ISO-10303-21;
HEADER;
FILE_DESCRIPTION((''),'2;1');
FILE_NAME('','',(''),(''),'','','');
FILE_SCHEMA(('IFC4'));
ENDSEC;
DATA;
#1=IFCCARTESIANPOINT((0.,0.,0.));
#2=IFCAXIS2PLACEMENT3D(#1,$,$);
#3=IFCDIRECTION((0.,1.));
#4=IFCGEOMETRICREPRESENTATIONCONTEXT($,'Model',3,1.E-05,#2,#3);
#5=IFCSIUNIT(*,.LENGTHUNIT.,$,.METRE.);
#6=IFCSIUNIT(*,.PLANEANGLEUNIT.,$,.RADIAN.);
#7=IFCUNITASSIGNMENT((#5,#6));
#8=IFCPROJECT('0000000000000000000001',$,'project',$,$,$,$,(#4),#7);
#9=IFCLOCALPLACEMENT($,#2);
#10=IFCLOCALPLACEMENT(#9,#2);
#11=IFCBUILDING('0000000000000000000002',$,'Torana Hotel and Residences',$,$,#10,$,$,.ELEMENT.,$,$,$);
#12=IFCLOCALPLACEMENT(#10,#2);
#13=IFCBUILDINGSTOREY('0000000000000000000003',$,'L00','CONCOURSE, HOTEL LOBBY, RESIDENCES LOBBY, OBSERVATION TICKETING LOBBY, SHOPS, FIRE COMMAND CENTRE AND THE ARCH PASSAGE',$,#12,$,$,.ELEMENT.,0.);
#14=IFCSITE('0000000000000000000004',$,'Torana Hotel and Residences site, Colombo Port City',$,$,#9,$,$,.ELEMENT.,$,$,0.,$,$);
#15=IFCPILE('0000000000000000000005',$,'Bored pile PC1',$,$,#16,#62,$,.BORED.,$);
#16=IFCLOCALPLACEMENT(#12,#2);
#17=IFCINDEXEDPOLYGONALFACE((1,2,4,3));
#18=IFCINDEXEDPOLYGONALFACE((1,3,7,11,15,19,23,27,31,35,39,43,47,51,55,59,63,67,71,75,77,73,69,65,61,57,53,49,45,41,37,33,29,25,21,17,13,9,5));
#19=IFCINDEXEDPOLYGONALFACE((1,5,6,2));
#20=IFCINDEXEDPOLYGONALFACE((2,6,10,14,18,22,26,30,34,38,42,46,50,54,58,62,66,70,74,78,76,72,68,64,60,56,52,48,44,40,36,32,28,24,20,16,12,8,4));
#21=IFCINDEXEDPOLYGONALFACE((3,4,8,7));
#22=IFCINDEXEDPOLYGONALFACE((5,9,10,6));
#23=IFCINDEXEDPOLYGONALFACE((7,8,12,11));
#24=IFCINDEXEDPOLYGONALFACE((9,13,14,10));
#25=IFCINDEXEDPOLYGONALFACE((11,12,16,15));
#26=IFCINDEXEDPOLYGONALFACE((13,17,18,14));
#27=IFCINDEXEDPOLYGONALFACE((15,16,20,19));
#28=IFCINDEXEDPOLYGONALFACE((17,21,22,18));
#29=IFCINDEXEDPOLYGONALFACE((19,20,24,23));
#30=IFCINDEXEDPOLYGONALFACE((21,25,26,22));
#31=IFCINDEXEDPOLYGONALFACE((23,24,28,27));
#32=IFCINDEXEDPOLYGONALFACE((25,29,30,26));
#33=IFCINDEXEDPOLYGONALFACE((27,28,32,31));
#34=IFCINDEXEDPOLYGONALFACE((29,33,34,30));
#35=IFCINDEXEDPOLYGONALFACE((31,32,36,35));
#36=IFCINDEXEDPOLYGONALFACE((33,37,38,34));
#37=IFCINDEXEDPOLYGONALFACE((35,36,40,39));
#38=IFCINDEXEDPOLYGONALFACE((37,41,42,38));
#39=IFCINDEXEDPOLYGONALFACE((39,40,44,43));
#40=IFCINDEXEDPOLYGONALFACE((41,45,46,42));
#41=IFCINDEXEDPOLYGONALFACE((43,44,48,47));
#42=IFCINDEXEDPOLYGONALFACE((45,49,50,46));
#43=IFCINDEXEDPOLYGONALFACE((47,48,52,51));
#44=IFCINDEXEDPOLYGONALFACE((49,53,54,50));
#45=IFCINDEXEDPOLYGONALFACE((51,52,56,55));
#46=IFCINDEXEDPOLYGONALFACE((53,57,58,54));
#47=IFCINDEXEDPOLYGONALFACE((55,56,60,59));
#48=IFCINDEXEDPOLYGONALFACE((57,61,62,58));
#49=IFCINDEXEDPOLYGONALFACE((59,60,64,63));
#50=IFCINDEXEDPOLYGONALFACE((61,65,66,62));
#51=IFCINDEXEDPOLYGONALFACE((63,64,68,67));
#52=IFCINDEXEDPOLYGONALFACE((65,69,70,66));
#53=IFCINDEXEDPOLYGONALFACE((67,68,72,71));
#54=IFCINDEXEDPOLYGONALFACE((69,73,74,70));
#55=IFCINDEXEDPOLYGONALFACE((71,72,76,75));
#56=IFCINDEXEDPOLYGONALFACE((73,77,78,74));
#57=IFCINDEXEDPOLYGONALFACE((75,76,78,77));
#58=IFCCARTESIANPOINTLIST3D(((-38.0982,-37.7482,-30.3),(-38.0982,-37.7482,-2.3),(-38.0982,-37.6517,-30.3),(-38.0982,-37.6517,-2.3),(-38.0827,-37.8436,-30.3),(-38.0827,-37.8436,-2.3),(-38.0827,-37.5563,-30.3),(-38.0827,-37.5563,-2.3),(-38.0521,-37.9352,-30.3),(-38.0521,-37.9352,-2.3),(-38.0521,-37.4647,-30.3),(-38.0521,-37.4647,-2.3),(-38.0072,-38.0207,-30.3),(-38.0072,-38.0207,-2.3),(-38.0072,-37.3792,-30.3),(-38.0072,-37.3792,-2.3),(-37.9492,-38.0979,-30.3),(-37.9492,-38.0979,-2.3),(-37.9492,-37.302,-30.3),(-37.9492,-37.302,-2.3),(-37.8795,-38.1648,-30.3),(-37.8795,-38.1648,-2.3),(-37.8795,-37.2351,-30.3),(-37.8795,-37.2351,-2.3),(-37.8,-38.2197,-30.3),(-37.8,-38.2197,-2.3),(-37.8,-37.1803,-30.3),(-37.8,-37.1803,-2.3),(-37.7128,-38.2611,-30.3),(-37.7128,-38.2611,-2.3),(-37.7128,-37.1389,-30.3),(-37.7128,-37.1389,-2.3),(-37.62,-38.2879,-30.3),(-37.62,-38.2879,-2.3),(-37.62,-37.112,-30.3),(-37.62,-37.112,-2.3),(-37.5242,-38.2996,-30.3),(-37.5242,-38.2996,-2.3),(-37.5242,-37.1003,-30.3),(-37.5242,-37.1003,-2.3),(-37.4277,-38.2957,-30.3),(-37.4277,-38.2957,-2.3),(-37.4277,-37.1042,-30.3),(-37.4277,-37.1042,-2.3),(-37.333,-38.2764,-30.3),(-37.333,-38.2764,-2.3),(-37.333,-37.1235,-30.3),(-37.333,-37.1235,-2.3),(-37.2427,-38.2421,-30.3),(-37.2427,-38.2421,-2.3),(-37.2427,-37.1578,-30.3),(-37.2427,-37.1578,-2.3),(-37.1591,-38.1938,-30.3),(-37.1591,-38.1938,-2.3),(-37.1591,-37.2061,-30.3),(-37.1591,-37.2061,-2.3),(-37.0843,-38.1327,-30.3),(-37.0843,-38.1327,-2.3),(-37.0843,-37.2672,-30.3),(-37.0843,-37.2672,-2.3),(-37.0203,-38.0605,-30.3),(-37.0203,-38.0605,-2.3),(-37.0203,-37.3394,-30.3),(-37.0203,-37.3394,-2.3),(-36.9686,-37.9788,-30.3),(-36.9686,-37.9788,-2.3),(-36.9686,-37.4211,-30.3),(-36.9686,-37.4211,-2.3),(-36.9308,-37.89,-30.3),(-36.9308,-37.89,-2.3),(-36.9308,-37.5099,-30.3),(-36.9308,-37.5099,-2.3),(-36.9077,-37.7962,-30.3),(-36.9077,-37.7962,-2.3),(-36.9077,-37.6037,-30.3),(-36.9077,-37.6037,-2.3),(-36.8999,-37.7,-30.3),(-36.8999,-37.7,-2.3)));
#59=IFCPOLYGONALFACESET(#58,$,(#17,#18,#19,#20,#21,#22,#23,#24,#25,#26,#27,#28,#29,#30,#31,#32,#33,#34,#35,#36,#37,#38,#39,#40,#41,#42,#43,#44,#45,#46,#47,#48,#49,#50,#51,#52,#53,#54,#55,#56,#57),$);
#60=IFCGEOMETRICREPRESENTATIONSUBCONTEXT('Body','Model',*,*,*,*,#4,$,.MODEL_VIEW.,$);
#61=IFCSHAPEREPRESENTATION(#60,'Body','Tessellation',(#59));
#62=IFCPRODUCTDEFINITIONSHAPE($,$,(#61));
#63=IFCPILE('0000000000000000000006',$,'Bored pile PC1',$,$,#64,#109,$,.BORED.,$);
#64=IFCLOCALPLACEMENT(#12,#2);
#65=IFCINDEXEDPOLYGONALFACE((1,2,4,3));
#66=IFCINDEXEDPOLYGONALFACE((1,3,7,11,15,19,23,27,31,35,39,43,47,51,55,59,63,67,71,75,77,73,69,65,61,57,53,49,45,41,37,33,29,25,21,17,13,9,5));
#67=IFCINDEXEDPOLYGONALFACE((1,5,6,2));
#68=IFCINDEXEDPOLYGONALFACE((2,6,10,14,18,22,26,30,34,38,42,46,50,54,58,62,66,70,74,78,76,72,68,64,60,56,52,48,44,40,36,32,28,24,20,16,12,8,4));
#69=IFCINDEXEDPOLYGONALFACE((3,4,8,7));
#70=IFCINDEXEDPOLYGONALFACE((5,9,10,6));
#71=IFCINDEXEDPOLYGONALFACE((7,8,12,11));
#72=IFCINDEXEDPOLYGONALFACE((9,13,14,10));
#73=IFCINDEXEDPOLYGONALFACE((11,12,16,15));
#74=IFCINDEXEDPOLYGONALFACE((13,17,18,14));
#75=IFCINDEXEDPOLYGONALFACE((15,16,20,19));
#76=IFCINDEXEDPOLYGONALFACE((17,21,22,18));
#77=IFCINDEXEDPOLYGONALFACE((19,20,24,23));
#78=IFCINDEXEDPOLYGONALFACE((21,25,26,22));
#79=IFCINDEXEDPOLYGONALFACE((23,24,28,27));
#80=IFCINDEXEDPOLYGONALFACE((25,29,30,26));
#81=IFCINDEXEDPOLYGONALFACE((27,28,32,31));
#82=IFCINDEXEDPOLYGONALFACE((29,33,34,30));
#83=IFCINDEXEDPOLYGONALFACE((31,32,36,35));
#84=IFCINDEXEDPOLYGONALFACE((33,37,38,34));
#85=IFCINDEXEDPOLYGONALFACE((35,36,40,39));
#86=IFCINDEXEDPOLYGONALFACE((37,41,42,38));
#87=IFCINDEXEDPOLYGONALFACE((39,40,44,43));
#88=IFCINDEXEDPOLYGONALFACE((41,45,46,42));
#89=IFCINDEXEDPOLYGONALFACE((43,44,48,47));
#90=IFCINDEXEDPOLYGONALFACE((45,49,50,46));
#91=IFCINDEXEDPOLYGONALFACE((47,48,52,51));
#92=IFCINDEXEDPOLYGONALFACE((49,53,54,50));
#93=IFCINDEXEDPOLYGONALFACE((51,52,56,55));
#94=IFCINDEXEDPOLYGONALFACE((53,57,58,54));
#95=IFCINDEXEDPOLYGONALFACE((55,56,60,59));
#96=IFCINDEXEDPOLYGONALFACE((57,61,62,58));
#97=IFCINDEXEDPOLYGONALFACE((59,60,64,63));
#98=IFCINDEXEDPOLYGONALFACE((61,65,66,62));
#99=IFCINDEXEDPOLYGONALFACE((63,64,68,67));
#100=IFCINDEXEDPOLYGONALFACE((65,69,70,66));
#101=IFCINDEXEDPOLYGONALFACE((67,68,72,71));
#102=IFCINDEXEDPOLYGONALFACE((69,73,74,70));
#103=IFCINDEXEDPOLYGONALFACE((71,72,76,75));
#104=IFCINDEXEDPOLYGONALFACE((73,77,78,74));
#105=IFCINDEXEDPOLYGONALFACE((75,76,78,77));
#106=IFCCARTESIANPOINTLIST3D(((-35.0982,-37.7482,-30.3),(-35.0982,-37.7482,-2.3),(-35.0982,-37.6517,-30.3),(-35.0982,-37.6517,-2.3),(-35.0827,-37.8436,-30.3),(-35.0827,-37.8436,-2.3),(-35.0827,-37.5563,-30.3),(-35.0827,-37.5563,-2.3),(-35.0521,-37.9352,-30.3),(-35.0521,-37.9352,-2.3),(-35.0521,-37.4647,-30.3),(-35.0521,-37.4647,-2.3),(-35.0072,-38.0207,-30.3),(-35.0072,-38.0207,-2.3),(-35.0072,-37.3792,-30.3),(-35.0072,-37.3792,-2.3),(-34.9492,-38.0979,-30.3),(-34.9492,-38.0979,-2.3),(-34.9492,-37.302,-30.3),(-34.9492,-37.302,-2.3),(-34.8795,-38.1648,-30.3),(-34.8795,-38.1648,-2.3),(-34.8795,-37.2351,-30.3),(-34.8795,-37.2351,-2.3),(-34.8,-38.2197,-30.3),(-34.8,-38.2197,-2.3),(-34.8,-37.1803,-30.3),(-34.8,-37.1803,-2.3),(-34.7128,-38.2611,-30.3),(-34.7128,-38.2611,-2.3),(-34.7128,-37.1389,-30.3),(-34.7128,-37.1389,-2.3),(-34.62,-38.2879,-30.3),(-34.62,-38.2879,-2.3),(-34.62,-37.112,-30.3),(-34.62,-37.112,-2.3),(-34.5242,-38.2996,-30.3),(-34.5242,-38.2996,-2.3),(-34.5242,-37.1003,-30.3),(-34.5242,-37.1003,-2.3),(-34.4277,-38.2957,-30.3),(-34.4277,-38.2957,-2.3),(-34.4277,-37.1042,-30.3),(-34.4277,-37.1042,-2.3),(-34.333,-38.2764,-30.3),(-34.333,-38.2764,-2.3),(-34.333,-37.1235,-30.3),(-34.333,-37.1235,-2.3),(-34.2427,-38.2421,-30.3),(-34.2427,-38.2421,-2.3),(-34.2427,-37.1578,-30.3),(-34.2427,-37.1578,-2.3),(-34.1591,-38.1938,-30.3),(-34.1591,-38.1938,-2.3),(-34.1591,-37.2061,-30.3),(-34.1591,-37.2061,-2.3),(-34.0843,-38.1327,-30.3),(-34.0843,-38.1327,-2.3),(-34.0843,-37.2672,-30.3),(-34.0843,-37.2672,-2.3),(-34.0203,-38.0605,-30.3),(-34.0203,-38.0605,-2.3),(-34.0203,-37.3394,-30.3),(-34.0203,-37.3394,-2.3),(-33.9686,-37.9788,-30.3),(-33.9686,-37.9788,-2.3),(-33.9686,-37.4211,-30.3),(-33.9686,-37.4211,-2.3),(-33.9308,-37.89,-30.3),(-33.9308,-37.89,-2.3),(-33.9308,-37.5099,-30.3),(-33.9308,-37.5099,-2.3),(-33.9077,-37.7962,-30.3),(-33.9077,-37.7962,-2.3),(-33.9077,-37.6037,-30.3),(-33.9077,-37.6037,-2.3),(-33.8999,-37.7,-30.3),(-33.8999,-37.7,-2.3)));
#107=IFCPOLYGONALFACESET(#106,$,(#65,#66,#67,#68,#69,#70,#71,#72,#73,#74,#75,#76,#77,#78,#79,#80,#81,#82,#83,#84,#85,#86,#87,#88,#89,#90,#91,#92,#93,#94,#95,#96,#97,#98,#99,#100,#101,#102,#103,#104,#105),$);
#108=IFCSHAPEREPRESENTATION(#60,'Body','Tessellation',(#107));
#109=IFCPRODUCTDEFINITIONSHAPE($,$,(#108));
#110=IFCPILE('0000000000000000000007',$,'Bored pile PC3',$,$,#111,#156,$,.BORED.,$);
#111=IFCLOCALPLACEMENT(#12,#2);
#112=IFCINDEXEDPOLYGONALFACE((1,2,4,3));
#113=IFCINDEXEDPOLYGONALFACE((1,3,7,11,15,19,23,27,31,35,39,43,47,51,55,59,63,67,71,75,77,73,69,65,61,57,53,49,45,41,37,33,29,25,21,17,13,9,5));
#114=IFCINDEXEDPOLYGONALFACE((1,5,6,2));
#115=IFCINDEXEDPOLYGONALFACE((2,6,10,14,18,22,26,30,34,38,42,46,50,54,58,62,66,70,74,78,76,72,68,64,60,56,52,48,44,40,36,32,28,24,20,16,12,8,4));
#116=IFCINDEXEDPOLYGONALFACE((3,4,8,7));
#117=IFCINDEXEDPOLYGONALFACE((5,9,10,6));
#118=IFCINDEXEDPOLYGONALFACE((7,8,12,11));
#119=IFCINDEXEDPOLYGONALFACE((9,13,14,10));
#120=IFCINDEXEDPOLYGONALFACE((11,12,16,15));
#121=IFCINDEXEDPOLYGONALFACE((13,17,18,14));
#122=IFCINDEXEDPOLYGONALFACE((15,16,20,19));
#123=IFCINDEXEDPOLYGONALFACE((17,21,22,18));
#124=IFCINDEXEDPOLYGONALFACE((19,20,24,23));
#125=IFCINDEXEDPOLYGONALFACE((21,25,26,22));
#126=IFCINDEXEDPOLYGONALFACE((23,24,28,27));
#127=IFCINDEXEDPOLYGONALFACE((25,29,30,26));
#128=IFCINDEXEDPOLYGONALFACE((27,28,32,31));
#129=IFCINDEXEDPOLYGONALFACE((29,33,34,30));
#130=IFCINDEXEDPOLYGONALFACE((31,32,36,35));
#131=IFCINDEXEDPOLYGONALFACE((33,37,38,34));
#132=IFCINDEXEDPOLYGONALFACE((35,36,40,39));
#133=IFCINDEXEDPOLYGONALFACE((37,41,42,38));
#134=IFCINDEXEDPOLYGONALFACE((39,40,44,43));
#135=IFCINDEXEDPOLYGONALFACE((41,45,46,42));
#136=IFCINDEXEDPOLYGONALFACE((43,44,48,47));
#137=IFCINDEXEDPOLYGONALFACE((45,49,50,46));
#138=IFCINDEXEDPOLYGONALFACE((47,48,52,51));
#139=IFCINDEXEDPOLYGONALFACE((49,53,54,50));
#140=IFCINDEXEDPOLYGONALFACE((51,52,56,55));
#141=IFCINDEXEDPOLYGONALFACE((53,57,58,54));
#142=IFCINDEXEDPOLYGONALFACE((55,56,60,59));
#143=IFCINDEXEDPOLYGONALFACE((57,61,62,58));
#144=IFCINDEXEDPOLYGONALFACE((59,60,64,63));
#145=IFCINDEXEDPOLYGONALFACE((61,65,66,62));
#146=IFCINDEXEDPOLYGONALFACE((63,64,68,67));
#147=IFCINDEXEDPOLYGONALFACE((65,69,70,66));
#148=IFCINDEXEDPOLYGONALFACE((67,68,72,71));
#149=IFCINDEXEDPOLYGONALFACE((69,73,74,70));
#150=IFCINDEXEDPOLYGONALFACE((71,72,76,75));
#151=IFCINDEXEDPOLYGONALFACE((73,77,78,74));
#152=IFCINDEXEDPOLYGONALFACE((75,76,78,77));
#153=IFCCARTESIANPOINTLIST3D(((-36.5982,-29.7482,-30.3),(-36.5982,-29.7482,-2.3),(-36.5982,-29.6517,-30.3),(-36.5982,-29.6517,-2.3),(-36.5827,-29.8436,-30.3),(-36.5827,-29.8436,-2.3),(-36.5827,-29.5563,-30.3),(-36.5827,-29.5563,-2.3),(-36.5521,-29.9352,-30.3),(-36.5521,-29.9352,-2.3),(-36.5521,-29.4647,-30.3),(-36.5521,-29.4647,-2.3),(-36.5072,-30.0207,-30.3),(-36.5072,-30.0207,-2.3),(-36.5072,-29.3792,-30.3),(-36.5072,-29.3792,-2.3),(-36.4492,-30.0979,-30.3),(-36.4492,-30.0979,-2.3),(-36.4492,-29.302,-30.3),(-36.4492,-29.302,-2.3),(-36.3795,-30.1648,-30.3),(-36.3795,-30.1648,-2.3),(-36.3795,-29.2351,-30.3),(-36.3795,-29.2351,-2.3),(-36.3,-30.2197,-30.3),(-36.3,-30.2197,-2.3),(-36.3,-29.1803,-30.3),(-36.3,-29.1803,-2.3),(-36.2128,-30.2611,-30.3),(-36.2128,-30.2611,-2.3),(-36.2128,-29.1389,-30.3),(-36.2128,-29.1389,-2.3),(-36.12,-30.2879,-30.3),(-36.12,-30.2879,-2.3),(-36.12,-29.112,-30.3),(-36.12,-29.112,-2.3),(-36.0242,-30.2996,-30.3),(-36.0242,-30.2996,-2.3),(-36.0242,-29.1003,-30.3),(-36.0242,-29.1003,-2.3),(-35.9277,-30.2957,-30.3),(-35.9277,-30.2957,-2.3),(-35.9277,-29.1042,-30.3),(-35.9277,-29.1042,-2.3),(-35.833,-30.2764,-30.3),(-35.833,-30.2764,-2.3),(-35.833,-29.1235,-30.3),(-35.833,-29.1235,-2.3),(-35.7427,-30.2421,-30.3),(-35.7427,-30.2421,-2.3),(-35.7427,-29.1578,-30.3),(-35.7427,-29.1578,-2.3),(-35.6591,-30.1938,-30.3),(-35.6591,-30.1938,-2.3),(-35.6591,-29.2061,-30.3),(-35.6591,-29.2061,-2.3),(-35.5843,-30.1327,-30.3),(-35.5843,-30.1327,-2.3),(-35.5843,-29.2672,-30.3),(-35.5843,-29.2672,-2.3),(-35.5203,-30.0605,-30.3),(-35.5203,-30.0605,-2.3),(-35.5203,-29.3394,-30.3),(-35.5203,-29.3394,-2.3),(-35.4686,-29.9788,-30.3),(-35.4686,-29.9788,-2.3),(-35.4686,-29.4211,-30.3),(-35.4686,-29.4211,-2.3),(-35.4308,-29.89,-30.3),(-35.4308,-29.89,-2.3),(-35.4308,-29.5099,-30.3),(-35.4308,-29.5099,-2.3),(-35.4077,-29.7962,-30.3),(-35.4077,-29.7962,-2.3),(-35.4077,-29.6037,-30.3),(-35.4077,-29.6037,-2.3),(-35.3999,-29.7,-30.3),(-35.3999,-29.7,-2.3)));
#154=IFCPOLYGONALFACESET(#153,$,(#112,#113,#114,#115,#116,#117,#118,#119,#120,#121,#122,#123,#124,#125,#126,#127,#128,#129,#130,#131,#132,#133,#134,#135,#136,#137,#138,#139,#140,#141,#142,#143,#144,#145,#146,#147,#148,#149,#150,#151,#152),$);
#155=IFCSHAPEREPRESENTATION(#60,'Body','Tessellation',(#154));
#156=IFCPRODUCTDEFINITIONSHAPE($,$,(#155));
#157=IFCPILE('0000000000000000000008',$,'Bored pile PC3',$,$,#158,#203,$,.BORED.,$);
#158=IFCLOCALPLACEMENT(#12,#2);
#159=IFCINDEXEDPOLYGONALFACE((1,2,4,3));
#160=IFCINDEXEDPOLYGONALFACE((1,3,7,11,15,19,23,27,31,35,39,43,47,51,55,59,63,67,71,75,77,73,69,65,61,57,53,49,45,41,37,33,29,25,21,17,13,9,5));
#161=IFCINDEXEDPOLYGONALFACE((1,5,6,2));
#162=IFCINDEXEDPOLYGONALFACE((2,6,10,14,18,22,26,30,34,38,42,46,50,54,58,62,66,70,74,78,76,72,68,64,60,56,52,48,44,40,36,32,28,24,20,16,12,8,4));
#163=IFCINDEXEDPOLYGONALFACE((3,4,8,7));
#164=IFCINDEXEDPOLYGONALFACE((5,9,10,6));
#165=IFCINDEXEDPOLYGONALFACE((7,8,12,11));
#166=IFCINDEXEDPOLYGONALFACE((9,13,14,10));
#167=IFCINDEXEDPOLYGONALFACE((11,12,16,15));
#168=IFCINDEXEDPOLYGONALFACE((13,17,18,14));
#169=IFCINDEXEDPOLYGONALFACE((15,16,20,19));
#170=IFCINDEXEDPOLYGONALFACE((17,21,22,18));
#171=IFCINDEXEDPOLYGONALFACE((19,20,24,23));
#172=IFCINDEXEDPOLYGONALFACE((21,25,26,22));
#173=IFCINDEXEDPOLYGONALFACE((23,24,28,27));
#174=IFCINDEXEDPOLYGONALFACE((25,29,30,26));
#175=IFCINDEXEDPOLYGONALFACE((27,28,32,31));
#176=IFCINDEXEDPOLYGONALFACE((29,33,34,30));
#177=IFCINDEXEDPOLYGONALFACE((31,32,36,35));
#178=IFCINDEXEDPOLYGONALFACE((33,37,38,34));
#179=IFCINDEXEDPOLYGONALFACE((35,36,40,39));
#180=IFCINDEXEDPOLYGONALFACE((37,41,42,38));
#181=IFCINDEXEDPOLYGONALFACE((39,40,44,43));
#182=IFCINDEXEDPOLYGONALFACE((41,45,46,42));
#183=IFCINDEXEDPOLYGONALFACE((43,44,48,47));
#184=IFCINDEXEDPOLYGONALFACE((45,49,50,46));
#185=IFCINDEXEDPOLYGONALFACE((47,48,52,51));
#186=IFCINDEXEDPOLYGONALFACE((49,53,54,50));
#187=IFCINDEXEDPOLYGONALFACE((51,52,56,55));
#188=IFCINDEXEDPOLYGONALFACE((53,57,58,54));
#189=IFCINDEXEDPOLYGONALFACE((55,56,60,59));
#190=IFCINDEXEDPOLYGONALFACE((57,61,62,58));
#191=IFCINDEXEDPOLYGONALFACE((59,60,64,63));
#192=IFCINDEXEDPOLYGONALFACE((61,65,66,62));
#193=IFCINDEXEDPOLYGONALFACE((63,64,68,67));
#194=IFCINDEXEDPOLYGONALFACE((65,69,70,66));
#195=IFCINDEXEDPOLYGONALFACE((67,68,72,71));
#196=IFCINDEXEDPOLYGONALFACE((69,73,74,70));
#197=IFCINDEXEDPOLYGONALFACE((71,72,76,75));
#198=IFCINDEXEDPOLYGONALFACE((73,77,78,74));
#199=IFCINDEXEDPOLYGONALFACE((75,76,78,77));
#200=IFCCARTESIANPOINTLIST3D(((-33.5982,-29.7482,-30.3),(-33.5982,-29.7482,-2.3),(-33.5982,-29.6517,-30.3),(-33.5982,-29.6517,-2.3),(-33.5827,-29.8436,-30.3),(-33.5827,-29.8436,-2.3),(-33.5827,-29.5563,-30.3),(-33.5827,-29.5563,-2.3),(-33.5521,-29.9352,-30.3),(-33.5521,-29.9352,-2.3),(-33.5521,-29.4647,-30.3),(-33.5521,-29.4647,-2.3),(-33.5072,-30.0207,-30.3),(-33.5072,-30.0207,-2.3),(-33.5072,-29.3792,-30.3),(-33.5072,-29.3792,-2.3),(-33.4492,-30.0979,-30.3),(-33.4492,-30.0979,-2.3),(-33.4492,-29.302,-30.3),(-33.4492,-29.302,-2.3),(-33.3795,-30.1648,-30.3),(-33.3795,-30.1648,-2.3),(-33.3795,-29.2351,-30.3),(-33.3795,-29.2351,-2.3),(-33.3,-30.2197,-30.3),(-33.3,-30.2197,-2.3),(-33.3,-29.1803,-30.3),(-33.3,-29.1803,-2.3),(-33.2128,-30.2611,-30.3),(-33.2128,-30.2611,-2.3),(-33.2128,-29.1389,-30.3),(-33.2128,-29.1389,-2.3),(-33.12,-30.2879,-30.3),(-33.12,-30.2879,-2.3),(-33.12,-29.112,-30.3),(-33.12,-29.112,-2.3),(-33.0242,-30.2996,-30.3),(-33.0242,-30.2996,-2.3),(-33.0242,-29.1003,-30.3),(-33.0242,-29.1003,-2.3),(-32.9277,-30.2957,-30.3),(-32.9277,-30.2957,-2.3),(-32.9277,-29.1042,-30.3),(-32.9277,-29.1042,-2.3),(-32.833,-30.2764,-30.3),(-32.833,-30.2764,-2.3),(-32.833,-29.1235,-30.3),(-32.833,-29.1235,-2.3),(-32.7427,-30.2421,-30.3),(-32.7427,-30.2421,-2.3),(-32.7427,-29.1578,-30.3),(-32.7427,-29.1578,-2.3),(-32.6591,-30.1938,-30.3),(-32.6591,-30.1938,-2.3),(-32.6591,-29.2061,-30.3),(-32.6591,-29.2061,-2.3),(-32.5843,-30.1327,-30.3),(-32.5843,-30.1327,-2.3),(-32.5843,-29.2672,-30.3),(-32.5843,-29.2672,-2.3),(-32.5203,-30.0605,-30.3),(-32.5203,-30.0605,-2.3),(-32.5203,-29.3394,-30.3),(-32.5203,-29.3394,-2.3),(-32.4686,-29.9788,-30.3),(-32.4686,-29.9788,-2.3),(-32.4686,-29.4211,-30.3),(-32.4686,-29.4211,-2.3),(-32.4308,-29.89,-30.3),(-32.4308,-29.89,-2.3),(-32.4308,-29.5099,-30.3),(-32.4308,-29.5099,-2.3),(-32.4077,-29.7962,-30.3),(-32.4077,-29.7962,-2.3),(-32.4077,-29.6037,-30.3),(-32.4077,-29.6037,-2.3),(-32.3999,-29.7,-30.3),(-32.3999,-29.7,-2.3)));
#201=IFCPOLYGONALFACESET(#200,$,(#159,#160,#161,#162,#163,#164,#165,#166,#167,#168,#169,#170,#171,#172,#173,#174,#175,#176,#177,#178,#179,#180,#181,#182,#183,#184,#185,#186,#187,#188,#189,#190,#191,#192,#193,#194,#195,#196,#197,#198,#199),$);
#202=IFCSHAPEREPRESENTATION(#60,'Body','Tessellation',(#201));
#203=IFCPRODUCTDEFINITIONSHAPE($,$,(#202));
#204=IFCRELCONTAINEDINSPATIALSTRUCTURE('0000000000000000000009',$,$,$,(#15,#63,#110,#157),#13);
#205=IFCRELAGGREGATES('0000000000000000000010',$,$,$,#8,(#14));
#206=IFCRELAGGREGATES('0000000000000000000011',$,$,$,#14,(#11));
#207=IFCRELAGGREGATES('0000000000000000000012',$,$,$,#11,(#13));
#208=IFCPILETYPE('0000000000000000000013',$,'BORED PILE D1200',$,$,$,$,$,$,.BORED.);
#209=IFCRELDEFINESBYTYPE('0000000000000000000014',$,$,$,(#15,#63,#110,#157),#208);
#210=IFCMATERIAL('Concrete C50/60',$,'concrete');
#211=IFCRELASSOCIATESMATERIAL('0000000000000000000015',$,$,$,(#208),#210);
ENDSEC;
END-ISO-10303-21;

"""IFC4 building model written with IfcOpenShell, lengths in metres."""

from ifc_helpers import new_model, si_unit, direction, frame, origin, origin_2d, place, context, subcontext, project, spatial, circle, extrude, material, type_object, element, save


model = new_model("IFC4")

# Units and contexts
model_context = context("Model", 3, precision=1e-05, world=origin(), true_north=direction((0.0, 1.0)))
body_context = subcontext(model_context, "Body", "Model", "MODEL_VIEW")
ifc_project = project(units=[si_unit("LENGTHUNIT", "METRE"), si_unit("PLANEANGLEUNIT", "RADIAN")], contexts=[model_context])

# Site, building, storey
site_placement = place(None, origin())
site = spatial("IfcSite", under=ifc_project, at=site_placement, Name="Torana Hotel and Residences site, Colombo Port City", CompositionType="ELEMENT", RefElevation=0.0)
building_placement = place(site_placement, origin())
building = spatial("IfcBuilding", under=site, at=building_placement, Name="Torana Hotel and Residences", CompositionType="ELEMENT")
storey_placement = place(building_placement, origin())
storey = spatial("IfcBuildingStorey", under=building, at=storey_placement, Name="L00", Description="CONCOURSE, HOTEL LOBBY, RESIDENCES LOBBY, OBSERVATION TICKETING LOBBY, SHOPS, FIRE COMMAND CENTRE AND THE ARCH PASSAGE", CompositionType="ELEMENT", Elevation=0.0)

# Piles
ifc_material_1 = material(Name="Concrete C50/60", Category="concrete")
pile_type = type_object("IfcPileType", Name="BORED PILE D1200", PredefinedType="BORED", material=ifc_material_1)
for number, where, z_axis, x_axis, name in (
    (1, (-37.5, -37.7, -2.3), (0.0, 0.0, -1.0), (1.0, 0.0, 0.0), "Bored pile PC1"),
    (2, (-34.5, -37.7, -2.3), (0.0, 0.0, -1.0), (1.0, 0.0, 0.0), "Bored pile PC1"),
    (3, (-36.0, -29.7, -2.3), (0.0, 0.0, -1.0), (1.0, 0.0, 0.0), "Bored pile PC3"),
    (4, (-33.0, -29.7, -2.3), (0.0, 0.0, -1.0), (1.0, 0.0, 0.0), "Bored pile PC3"),
):
    element("IfcPile", number, at=place(storey_placement, frame(where, z_axis=z_axis, x_axis=x_axis)), inside=storey, type_object=pile_type, Name=name, PredefinedType="BORED", context=body_context, shape_type="SweptSolid", body=[
        extrude(circle(Radius=0.6001, at=origin_2d()), origin(), (0.0, 0.0, 1.0), 28.0),
    ])

save(model, "model.ifc")
